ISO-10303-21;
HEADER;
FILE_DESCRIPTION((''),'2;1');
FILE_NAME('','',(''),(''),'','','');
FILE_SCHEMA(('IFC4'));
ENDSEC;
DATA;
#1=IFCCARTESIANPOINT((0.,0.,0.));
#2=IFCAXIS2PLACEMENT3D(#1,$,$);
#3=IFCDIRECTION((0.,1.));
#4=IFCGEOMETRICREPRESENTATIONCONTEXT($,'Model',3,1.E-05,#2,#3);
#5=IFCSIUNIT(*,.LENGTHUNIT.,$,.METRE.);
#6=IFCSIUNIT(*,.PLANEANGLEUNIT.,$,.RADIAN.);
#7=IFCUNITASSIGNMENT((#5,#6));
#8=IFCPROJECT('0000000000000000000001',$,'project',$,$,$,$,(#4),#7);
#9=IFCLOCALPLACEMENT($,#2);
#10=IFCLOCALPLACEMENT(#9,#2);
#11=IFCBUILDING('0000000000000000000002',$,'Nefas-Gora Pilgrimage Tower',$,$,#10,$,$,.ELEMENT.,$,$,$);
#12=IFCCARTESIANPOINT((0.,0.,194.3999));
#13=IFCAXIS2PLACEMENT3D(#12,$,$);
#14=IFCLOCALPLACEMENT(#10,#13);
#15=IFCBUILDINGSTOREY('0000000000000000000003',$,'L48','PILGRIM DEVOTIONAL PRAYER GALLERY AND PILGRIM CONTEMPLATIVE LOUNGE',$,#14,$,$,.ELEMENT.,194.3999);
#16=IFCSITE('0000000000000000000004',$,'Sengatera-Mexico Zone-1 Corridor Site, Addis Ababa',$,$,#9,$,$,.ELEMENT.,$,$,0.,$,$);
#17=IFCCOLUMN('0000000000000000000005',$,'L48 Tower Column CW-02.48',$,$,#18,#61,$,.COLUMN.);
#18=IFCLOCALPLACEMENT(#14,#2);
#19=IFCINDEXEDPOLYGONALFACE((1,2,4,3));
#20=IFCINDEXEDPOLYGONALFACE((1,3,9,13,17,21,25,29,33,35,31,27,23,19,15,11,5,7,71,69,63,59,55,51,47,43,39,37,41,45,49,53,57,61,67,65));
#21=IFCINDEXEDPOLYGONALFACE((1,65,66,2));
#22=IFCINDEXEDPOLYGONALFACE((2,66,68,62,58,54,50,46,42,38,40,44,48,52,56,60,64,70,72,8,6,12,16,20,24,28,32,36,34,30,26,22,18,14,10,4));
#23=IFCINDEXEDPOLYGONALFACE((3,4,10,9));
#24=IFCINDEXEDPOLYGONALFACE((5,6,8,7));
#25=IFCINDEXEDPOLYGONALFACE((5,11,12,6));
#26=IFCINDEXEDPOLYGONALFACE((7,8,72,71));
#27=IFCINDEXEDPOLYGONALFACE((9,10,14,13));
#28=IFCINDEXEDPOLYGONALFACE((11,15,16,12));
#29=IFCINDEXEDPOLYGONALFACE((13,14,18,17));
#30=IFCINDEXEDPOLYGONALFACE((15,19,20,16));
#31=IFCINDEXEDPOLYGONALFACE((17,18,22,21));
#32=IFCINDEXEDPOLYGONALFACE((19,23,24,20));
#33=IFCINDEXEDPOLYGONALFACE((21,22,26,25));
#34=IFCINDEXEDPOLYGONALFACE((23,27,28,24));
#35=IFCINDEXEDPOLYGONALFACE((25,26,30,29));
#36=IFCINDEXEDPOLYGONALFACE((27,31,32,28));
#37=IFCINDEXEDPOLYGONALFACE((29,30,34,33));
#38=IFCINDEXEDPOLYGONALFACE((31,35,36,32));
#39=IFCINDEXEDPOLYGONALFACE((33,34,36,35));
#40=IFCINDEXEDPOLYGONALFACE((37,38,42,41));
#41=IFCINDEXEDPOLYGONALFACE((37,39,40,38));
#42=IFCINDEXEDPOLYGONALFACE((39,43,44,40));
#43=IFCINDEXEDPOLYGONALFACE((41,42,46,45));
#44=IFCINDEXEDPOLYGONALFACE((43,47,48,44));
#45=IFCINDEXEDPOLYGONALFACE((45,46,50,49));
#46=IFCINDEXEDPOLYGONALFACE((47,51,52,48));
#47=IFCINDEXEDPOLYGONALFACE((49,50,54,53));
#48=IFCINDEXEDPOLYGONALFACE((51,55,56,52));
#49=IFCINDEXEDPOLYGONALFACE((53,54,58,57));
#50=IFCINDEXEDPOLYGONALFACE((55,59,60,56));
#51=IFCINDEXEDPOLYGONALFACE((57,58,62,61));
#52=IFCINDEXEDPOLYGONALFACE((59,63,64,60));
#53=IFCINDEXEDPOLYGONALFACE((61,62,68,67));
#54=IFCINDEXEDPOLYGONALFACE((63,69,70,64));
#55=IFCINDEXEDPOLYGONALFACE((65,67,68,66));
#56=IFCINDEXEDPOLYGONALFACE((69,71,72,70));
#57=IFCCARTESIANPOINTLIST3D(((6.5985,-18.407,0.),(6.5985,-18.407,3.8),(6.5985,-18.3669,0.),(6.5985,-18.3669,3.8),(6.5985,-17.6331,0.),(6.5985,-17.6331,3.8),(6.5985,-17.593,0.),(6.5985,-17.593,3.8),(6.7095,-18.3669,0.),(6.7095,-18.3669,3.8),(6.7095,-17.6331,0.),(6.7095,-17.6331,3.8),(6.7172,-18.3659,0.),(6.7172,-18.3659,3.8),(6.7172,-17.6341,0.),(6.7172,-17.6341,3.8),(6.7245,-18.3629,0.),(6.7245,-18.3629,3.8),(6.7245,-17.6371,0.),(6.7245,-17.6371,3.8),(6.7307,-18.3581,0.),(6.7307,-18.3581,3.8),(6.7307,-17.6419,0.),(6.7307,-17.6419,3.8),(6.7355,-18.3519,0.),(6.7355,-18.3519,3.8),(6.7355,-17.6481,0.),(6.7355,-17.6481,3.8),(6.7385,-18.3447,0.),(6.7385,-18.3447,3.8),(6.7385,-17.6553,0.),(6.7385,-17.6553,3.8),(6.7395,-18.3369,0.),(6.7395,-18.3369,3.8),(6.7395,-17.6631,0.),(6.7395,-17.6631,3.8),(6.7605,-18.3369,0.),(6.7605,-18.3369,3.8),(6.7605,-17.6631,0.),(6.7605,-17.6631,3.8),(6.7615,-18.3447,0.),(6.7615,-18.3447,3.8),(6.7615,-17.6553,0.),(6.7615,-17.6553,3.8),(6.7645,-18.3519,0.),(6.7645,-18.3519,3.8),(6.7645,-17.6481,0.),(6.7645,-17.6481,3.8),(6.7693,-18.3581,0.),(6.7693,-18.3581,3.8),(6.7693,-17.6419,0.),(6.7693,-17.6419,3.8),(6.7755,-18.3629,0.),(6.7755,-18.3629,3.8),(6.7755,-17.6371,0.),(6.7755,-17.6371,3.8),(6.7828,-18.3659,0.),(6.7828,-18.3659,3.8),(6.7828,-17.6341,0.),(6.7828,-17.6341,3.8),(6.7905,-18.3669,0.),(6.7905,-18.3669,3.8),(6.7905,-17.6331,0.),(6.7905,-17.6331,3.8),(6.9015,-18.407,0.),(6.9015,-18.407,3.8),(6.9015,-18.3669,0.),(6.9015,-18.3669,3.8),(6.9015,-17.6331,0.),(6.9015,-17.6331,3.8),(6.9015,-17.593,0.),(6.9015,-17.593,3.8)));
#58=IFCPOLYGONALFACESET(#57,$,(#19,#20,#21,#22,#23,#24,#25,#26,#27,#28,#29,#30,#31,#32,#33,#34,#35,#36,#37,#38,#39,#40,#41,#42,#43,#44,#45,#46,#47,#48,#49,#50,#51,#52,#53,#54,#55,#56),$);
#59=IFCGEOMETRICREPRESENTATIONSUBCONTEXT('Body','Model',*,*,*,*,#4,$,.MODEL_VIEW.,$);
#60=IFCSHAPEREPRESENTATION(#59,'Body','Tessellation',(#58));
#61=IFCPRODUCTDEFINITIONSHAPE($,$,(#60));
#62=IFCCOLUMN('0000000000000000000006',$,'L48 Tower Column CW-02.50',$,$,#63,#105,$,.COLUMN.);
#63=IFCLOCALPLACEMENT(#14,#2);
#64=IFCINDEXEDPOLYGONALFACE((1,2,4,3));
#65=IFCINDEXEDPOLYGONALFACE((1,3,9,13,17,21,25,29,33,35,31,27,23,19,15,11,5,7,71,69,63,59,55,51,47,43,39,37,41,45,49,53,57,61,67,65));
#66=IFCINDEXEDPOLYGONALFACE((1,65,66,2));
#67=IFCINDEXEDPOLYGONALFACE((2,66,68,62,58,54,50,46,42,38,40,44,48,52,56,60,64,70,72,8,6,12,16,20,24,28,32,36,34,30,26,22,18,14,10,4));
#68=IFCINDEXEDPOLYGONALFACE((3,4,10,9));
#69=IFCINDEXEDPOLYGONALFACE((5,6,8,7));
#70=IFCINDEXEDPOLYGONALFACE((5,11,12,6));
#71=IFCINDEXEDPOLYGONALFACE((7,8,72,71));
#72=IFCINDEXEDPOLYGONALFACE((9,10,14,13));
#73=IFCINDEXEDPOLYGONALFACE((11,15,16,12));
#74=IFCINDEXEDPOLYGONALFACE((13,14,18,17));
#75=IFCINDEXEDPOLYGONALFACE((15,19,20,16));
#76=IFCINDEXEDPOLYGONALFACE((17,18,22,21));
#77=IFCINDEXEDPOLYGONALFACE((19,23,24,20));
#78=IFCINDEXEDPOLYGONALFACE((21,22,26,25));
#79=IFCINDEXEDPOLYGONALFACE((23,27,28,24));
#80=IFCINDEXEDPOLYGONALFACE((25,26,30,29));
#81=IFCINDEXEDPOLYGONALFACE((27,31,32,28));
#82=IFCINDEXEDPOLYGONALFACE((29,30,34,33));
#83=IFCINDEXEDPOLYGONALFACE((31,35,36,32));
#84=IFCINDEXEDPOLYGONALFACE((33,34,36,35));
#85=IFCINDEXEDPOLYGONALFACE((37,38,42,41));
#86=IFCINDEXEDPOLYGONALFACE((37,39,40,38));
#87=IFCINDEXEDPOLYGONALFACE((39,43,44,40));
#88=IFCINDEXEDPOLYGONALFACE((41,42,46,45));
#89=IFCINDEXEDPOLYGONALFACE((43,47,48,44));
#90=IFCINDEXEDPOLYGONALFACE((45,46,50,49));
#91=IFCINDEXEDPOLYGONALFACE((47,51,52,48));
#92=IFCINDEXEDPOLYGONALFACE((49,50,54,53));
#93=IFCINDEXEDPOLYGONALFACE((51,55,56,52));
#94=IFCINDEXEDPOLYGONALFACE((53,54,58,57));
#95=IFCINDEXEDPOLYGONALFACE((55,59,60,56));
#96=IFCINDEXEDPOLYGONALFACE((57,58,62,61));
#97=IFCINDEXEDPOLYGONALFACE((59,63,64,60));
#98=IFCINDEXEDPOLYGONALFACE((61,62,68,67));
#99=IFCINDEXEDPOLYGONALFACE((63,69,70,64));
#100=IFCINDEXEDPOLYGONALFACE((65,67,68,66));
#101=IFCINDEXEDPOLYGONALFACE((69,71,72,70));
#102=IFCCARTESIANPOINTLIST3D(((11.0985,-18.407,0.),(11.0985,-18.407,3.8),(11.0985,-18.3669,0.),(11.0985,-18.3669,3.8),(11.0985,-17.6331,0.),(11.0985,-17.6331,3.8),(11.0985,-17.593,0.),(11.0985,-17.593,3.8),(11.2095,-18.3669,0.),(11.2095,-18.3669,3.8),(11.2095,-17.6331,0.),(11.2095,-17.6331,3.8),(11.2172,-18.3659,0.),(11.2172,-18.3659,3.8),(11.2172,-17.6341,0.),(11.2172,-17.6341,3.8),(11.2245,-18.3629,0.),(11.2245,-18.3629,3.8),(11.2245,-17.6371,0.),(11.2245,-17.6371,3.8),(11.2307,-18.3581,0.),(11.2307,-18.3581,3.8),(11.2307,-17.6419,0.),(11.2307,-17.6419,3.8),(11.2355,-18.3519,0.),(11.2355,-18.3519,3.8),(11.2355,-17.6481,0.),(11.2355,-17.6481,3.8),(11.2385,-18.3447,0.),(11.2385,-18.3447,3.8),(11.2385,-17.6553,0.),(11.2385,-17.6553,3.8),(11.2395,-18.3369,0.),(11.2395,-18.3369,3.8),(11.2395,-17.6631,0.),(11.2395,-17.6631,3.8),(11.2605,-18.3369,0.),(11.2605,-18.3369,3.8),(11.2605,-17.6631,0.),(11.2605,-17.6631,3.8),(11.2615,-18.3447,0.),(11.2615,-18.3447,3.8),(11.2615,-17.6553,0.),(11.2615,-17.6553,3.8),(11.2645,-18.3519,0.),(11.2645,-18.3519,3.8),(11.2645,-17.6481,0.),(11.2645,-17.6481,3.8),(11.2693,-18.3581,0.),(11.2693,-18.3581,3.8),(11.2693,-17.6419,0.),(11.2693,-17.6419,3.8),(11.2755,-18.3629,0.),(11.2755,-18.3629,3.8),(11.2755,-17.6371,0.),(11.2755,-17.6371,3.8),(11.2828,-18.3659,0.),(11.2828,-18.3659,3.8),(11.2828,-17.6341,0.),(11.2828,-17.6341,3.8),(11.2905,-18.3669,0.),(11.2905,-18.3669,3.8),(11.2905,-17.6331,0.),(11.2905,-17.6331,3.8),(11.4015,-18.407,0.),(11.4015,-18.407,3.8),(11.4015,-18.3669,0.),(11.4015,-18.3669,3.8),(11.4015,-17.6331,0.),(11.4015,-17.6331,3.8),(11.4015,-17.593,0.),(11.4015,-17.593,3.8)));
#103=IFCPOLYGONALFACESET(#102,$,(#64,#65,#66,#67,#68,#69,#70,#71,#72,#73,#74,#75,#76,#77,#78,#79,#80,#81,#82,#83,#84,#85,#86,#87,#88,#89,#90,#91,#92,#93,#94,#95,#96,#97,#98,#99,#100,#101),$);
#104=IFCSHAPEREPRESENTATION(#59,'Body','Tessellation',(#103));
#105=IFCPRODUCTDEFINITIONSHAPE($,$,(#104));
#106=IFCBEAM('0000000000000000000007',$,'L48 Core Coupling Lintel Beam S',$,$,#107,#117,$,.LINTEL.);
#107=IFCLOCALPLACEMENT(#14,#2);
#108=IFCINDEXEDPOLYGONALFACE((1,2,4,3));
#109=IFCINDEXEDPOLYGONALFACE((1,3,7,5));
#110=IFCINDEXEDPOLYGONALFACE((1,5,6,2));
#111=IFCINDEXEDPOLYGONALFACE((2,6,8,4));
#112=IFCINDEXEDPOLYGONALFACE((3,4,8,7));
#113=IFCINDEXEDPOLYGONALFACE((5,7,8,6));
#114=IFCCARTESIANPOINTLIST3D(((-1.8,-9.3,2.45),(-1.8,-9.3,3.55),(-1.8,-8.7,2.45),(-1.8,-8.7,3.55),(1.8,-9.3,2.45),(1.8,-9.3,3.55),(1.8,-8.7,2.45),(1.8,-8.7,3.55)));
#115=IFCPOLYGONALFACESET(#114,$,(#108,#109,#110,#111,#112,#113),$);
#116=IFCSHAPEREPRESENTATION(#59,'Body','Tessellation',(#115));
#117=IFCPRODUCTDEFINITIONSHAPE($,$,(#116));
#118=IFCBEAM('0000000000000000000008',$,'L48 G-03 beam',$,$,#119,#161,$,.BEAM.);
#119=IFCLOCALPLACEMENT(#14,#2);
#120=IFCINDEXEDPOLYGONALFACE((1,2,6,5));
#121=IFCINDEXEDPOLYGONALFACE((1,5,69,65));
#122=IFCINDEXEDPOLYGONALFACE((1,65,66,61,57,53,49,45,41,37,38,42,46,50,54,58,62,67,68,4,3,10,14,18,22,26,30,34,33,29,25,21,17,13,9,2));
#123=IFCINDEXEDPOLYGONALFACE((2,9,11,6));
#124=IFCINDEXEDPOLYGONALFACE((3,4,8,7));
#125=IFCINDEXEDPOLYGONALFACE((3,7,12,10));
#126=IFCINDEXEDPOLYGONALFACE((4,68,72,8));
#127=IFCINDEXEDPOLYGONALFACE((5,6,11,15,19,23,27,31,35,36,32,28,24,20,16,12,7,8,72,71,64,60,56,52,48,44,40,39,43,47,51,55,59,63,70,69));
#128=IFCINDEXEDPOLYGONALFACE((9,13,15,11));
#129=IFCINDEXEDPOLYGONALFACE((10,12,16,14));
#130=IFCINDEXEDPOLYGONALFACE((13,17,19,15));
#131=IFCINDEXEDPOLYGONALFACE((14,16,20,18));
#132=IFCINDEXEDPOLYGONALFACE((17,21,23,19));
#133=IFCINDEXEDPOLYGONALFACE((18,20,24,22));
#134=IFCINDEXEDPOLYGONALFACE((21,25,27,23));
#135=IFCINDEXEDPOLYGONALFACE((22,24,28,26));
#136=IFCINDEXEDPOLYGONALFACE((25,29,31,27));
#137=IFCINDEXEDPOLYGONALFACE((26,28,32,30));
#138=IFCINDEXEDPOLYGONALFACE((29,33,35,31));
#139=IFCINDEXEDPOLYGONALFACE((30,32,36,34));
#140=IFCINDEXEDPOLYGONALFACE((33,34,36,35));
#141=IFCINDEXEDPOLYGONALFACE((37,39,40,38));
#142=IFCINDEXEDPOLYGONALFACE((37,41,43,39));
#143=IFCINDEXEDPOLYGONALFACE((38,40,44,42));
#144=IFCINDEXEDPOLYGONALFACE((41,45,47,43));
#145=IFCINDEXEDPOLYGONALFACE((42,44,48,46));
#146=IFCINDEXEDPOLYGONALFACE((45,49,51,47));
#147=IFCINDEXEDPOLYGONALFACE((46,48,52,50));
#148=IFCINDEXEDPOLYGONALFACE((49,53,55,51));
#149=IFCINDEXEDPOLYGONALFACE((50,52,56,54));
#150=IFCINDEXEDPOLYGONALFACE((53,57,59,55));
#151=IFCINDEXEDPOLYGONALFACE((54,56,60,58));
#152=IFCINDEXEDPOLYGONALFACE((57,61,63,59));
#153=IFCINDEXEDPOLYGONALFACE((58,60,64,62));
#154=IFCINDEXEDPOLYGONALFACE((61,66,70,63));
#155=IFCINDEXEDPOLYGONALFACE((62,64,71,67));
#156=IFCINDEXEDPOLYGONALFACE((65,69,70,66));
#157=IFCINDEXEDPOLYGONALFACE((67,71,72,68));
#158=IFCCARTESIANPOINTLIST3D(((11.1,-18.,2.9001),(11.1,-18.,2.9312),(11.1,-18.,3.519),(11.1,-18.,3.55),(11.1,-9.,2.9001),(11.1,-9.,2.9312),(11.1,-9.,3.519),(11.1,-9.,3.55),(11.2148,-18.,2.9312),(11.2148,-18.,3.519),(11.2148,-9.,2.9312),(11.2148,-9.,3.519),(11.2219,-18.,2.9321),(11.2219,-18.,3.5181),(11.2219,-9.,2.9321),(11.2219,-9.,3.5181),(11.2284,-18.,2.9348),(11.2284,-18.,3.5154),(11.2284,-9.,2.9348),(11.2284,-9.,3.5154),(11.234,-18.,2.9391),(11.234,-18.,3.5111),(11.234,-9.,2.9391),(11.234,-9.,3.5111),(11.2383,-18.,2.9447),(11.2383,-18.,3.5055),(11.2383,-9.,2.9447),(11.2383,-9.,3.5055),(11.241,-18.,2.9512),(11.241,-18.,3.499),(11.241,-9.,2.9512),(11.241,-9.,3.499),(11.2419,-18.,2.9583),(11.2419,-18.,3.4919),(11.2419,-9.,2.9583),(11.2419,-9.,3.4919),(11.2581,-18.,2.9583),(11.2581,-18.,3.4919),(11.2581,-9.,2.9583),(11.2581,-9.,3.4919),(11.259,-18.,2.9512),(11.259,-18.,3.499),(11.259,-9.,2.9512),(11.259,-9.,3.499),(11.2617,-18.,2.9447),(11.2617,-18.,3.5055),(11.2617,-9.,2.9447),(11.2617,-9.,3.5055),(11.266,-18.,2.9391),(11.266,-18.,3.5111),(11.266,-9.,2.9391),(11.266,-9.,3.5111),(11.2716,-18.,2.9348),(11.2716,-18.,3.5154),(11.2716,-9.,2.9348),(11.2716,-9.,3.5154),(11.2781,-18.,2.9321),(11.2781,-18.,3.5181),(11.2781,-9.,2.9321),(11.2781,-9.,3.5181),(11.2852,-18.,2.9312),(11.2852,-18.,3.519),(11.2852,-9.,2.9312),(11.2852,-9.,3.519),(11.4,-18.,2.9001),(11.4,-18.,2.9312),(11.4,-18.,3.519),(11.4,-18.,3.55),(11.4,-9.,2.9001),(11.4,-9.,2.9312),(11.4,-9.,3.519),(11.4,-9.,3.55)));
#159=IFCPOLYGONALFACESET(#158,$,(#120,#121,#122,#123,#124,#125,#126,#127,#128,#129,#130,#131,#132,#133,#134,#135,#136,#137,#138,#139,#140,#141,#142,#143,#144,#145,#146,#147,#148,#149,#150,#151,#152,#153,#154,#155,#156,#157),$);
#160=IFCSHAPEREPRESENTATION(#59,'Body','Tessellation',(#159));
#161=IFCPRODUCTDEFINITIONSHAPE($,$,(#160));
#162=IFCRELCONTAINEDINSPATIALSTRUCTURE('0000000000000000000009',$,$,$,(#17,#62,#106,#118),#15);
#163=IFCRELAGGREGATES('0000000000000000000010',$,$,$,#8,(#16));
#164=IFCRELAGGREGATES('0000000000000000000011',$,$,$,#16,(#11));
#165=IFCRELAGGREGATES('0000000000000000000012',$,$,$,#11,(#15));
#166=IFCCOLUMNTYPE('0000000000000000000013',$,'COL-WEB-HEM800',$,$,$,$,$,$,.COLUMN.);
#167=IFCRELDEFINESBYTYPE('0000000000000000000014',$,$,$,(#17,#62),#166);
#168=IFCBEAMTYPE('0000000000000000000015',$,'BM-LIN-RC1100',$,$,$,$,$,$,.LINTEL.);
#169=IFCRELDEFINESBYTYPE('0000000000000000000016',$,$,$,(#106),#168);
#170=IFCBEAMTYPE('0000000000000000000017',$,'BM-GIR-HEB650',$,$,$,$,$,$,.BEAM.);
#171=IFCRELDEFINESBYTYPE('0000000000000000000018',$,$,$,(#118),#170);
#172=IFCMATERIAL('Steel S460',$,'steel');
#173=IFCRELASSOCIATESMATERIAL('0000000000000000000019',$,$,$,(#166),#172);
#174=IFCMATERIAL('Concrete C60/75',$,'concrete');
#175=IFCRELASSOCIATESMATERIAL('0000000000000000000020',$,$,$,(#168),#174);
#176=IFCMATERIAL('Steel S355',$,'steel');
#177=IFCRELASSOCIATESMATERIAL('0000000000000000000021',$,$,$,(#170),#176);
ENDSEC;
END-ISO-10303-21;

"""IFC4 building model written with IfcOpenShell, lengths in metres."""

from ifc_helpers import new_model, si_unit, direction, frame, origin, origin_2d, place, context, subcontext, project, spatial, rectangle, i_section, extrude, source, transform, mapped, material, material_profile, profile_set, type_object, element, save


model = new_model("IFC4")

# Units and contexts
model_context = context("Model", 3, precision=1e-05, world=origin(), true_north=direction((0.0, 1.0)))
body_context = subcontext(model_context, "Body", "Model", "MODEL_VIEW")
ifc_project = project(units=[si_unit("LENGTHUNIT", "METRE"), si_unit("PLANEANGLEUNIT", "RADIAN")], contexts=[model_context])

# Site, building, storey
site_placement = place(None, origin())
site = spatial("IfcSite", under=ifc_project, at=site_placement, Name="Sengatera-Mexico Zone-1 Corridor Site, Addis Ababa", CompositionType="ELEMENT", RefElevation=0.0)
building_placement = place(site_placement, origin())
building = spatial("IfcBuilding", under=site, at=building_placement, Name="Nefas-Gora Pilgrimage Tower", CompositionType="ELEMENT")
storey_placement = place(building_placement, frame((0.0, 0.0, 194.3999)))
storey = spatial("IfcBuildingStorey", under=building, at=storey_placement, Name="L48", Description="PILGRIM DEVOTIONAL PRAYER GALLERY AND PILGRIM CONTEMPLATIVE LOUNGE", CompositionType="ELEMENT", Elevation=194.3999)

# Columns
ifc_material_1 = material(Name="Steel S460", Category="steel")
ifc_material_profile_1 = material_profile(ifc_material_1, i_section(OverallWidth=0.303, OverallDepth=0.814, WebThickness=0.021, FlangeThickness=0.04, FilletRadius=0.03, at=origin_2d()), Name="HEM 800")
ifc_profile_set_1 = profile_set([ifc_material_profile_1], Name="Steel S460")
column_type_1 = type_object("IfcColumnType", Name="COL-WEB-HEM800", PredefinedType="COLUMN", material=ifc_profile_set_1)
shared_shape_1 = source(origin(), body_context, "Body", "SweptSolid", [
    extrude(i_section(OverallWidth=0.303, OverallDepth=0.814, WebThickness=0.021, FlangeThickness=0.04, FilletRadius=0.03, at=origin_2d()), origin(), (0.0, 0.0, 1.0), 3.8),
])
for number, where, z_axis, x_axis, name in (
    (1, (6.75, -18.0, 0.0), (0.0, 0.0, 1.0), (1.0, 0.0, 0.0), "L48 Tower Column CW-02.48"),
    (2, (11.25, -18.0, 0.0), (0.0, 0.0, 1.0), (1.0, 0.0, 0.0), "L48 Tower Column CW-02.50"),
):
    element("IfcColumn", number, at=place(storey_placement, frame(where, z_axis=z_axis, x_axis=x_axis)), inside=storey, type_object=column_type_1, Name=name, PredefinedType="COLUMN", context=body_context, shape_type="MappedRepresentation", body=[
        mapped(shared_shape_1, transform((0.0, 0.0, 0.0), x_axis=(1.0, 0.0, 0.0), y_axis=(0.0, 1.0, 0.0), z_axis=(0.0, 0.0, 1.0), scale=1.0)),
    ])

# Beams
ifc_material_2 = material(Name="Concrete C60/75", Category="concrete")
ifc_material_profile_2 = material_profile(ifc_material_2, rectangle(XDim=0.6001, YDim=1.1001, at=origin_2d()), Name="RC 600x1100")
ifc_profile_set_2 = profile_set([ifc_material_profile_2], Name="Concrete C60/75")
beam_type_1 = type_object("IfcBeamType", Name="BM-LIN-RC1100", PredefinedType="LINTEL", material=ifc_profile_set_2)
shared_shape_2 = source(origin(), body_context, "Body", "SweptSolid", [
    extrude(rectangle(XDim=0.6001, YDim=1.1001, at=origin_2d()), origin(), (0.0, 0.0, 1.0), 3.6001),
])
beam_1_placement = place(storey_placement, frame((-1.8, -9.0, 3.0), z_axis=(1.0, 0.0, 0.0), x_axis=(0.0, 1.0, 0.0)))
element("IfcBeam", 3, at=beam_1_placement, inside=storey, type_object=beam_type_1, Name="L48 Core Coupling Lintel Beam S", PredefinedType="LINTEL", context=body_context, shape_type="MappedRepresentation", body=[
    mapped(shared_shape_2, transform((0.0, 0.0, 0.0), x_axis=(1.0, 0.0, 0.0), y_axis=(0.0, 1.0, 0.0), z_axis=(0.0, 0.0, 1.0), scale=1.0)),
])
ifc_material_3 = material(Name="Steel S355", Category="steel")
ifc_material_profile_3 = material_profile(ifc_material_3, i_section(OverallWidth=0.3, OverallDepth=0.6499, WebThickness=0.0161, FlangeThickness=0.031, FilletRadius=0.0271, at=origin_2d()), Name="HEB 650")
ifc_profile_set_3 = profile_set([ifc_material_profile_3], Name="Steel S355")
beam_type_2 = type_object("IfcBeamType", Name="BM-GIR-HEB650", PredefinedType="BEAM", material=ifc_profile_set_3)
shared_shape_3 = source(origin(), body_context, "Body", "SweptSolid", [
    extrude(i_section(OverallWidth=0.3, OverallDepth=0.6499, WebThickness=0.0161, FlangeThickness=0.031, FilletRadius=0.0271, at=origin_2d()), origin(), (0.0, 0.0, 1.0), 9.0),
])
beam_2_placement = place(storey_placement, frame((11.25, -18.0, 3.2251), z_axis=(0.0, 1.0, 0.0), x_axis=(-1.0, 0.0, 0.0)))
element("IfcBeam", 4, at=beam_2_placement, inside=storey, type_object=beam_type_2, Name="L48 G-03 beam", PredefinedType="BEAM", context=body_context, shape_type="MappedRepresentation", body=[
    mapped(shared_shape_3, transform((0.0, 0.0, 0.0), x_axis=(1.0, 0.0, 0.0), y_axis=(0.0, 1.0, 0.0), z_axis=(0.0, 0.0, 1.0), scale=1.0)),
])

save(model, "model.ifc")
